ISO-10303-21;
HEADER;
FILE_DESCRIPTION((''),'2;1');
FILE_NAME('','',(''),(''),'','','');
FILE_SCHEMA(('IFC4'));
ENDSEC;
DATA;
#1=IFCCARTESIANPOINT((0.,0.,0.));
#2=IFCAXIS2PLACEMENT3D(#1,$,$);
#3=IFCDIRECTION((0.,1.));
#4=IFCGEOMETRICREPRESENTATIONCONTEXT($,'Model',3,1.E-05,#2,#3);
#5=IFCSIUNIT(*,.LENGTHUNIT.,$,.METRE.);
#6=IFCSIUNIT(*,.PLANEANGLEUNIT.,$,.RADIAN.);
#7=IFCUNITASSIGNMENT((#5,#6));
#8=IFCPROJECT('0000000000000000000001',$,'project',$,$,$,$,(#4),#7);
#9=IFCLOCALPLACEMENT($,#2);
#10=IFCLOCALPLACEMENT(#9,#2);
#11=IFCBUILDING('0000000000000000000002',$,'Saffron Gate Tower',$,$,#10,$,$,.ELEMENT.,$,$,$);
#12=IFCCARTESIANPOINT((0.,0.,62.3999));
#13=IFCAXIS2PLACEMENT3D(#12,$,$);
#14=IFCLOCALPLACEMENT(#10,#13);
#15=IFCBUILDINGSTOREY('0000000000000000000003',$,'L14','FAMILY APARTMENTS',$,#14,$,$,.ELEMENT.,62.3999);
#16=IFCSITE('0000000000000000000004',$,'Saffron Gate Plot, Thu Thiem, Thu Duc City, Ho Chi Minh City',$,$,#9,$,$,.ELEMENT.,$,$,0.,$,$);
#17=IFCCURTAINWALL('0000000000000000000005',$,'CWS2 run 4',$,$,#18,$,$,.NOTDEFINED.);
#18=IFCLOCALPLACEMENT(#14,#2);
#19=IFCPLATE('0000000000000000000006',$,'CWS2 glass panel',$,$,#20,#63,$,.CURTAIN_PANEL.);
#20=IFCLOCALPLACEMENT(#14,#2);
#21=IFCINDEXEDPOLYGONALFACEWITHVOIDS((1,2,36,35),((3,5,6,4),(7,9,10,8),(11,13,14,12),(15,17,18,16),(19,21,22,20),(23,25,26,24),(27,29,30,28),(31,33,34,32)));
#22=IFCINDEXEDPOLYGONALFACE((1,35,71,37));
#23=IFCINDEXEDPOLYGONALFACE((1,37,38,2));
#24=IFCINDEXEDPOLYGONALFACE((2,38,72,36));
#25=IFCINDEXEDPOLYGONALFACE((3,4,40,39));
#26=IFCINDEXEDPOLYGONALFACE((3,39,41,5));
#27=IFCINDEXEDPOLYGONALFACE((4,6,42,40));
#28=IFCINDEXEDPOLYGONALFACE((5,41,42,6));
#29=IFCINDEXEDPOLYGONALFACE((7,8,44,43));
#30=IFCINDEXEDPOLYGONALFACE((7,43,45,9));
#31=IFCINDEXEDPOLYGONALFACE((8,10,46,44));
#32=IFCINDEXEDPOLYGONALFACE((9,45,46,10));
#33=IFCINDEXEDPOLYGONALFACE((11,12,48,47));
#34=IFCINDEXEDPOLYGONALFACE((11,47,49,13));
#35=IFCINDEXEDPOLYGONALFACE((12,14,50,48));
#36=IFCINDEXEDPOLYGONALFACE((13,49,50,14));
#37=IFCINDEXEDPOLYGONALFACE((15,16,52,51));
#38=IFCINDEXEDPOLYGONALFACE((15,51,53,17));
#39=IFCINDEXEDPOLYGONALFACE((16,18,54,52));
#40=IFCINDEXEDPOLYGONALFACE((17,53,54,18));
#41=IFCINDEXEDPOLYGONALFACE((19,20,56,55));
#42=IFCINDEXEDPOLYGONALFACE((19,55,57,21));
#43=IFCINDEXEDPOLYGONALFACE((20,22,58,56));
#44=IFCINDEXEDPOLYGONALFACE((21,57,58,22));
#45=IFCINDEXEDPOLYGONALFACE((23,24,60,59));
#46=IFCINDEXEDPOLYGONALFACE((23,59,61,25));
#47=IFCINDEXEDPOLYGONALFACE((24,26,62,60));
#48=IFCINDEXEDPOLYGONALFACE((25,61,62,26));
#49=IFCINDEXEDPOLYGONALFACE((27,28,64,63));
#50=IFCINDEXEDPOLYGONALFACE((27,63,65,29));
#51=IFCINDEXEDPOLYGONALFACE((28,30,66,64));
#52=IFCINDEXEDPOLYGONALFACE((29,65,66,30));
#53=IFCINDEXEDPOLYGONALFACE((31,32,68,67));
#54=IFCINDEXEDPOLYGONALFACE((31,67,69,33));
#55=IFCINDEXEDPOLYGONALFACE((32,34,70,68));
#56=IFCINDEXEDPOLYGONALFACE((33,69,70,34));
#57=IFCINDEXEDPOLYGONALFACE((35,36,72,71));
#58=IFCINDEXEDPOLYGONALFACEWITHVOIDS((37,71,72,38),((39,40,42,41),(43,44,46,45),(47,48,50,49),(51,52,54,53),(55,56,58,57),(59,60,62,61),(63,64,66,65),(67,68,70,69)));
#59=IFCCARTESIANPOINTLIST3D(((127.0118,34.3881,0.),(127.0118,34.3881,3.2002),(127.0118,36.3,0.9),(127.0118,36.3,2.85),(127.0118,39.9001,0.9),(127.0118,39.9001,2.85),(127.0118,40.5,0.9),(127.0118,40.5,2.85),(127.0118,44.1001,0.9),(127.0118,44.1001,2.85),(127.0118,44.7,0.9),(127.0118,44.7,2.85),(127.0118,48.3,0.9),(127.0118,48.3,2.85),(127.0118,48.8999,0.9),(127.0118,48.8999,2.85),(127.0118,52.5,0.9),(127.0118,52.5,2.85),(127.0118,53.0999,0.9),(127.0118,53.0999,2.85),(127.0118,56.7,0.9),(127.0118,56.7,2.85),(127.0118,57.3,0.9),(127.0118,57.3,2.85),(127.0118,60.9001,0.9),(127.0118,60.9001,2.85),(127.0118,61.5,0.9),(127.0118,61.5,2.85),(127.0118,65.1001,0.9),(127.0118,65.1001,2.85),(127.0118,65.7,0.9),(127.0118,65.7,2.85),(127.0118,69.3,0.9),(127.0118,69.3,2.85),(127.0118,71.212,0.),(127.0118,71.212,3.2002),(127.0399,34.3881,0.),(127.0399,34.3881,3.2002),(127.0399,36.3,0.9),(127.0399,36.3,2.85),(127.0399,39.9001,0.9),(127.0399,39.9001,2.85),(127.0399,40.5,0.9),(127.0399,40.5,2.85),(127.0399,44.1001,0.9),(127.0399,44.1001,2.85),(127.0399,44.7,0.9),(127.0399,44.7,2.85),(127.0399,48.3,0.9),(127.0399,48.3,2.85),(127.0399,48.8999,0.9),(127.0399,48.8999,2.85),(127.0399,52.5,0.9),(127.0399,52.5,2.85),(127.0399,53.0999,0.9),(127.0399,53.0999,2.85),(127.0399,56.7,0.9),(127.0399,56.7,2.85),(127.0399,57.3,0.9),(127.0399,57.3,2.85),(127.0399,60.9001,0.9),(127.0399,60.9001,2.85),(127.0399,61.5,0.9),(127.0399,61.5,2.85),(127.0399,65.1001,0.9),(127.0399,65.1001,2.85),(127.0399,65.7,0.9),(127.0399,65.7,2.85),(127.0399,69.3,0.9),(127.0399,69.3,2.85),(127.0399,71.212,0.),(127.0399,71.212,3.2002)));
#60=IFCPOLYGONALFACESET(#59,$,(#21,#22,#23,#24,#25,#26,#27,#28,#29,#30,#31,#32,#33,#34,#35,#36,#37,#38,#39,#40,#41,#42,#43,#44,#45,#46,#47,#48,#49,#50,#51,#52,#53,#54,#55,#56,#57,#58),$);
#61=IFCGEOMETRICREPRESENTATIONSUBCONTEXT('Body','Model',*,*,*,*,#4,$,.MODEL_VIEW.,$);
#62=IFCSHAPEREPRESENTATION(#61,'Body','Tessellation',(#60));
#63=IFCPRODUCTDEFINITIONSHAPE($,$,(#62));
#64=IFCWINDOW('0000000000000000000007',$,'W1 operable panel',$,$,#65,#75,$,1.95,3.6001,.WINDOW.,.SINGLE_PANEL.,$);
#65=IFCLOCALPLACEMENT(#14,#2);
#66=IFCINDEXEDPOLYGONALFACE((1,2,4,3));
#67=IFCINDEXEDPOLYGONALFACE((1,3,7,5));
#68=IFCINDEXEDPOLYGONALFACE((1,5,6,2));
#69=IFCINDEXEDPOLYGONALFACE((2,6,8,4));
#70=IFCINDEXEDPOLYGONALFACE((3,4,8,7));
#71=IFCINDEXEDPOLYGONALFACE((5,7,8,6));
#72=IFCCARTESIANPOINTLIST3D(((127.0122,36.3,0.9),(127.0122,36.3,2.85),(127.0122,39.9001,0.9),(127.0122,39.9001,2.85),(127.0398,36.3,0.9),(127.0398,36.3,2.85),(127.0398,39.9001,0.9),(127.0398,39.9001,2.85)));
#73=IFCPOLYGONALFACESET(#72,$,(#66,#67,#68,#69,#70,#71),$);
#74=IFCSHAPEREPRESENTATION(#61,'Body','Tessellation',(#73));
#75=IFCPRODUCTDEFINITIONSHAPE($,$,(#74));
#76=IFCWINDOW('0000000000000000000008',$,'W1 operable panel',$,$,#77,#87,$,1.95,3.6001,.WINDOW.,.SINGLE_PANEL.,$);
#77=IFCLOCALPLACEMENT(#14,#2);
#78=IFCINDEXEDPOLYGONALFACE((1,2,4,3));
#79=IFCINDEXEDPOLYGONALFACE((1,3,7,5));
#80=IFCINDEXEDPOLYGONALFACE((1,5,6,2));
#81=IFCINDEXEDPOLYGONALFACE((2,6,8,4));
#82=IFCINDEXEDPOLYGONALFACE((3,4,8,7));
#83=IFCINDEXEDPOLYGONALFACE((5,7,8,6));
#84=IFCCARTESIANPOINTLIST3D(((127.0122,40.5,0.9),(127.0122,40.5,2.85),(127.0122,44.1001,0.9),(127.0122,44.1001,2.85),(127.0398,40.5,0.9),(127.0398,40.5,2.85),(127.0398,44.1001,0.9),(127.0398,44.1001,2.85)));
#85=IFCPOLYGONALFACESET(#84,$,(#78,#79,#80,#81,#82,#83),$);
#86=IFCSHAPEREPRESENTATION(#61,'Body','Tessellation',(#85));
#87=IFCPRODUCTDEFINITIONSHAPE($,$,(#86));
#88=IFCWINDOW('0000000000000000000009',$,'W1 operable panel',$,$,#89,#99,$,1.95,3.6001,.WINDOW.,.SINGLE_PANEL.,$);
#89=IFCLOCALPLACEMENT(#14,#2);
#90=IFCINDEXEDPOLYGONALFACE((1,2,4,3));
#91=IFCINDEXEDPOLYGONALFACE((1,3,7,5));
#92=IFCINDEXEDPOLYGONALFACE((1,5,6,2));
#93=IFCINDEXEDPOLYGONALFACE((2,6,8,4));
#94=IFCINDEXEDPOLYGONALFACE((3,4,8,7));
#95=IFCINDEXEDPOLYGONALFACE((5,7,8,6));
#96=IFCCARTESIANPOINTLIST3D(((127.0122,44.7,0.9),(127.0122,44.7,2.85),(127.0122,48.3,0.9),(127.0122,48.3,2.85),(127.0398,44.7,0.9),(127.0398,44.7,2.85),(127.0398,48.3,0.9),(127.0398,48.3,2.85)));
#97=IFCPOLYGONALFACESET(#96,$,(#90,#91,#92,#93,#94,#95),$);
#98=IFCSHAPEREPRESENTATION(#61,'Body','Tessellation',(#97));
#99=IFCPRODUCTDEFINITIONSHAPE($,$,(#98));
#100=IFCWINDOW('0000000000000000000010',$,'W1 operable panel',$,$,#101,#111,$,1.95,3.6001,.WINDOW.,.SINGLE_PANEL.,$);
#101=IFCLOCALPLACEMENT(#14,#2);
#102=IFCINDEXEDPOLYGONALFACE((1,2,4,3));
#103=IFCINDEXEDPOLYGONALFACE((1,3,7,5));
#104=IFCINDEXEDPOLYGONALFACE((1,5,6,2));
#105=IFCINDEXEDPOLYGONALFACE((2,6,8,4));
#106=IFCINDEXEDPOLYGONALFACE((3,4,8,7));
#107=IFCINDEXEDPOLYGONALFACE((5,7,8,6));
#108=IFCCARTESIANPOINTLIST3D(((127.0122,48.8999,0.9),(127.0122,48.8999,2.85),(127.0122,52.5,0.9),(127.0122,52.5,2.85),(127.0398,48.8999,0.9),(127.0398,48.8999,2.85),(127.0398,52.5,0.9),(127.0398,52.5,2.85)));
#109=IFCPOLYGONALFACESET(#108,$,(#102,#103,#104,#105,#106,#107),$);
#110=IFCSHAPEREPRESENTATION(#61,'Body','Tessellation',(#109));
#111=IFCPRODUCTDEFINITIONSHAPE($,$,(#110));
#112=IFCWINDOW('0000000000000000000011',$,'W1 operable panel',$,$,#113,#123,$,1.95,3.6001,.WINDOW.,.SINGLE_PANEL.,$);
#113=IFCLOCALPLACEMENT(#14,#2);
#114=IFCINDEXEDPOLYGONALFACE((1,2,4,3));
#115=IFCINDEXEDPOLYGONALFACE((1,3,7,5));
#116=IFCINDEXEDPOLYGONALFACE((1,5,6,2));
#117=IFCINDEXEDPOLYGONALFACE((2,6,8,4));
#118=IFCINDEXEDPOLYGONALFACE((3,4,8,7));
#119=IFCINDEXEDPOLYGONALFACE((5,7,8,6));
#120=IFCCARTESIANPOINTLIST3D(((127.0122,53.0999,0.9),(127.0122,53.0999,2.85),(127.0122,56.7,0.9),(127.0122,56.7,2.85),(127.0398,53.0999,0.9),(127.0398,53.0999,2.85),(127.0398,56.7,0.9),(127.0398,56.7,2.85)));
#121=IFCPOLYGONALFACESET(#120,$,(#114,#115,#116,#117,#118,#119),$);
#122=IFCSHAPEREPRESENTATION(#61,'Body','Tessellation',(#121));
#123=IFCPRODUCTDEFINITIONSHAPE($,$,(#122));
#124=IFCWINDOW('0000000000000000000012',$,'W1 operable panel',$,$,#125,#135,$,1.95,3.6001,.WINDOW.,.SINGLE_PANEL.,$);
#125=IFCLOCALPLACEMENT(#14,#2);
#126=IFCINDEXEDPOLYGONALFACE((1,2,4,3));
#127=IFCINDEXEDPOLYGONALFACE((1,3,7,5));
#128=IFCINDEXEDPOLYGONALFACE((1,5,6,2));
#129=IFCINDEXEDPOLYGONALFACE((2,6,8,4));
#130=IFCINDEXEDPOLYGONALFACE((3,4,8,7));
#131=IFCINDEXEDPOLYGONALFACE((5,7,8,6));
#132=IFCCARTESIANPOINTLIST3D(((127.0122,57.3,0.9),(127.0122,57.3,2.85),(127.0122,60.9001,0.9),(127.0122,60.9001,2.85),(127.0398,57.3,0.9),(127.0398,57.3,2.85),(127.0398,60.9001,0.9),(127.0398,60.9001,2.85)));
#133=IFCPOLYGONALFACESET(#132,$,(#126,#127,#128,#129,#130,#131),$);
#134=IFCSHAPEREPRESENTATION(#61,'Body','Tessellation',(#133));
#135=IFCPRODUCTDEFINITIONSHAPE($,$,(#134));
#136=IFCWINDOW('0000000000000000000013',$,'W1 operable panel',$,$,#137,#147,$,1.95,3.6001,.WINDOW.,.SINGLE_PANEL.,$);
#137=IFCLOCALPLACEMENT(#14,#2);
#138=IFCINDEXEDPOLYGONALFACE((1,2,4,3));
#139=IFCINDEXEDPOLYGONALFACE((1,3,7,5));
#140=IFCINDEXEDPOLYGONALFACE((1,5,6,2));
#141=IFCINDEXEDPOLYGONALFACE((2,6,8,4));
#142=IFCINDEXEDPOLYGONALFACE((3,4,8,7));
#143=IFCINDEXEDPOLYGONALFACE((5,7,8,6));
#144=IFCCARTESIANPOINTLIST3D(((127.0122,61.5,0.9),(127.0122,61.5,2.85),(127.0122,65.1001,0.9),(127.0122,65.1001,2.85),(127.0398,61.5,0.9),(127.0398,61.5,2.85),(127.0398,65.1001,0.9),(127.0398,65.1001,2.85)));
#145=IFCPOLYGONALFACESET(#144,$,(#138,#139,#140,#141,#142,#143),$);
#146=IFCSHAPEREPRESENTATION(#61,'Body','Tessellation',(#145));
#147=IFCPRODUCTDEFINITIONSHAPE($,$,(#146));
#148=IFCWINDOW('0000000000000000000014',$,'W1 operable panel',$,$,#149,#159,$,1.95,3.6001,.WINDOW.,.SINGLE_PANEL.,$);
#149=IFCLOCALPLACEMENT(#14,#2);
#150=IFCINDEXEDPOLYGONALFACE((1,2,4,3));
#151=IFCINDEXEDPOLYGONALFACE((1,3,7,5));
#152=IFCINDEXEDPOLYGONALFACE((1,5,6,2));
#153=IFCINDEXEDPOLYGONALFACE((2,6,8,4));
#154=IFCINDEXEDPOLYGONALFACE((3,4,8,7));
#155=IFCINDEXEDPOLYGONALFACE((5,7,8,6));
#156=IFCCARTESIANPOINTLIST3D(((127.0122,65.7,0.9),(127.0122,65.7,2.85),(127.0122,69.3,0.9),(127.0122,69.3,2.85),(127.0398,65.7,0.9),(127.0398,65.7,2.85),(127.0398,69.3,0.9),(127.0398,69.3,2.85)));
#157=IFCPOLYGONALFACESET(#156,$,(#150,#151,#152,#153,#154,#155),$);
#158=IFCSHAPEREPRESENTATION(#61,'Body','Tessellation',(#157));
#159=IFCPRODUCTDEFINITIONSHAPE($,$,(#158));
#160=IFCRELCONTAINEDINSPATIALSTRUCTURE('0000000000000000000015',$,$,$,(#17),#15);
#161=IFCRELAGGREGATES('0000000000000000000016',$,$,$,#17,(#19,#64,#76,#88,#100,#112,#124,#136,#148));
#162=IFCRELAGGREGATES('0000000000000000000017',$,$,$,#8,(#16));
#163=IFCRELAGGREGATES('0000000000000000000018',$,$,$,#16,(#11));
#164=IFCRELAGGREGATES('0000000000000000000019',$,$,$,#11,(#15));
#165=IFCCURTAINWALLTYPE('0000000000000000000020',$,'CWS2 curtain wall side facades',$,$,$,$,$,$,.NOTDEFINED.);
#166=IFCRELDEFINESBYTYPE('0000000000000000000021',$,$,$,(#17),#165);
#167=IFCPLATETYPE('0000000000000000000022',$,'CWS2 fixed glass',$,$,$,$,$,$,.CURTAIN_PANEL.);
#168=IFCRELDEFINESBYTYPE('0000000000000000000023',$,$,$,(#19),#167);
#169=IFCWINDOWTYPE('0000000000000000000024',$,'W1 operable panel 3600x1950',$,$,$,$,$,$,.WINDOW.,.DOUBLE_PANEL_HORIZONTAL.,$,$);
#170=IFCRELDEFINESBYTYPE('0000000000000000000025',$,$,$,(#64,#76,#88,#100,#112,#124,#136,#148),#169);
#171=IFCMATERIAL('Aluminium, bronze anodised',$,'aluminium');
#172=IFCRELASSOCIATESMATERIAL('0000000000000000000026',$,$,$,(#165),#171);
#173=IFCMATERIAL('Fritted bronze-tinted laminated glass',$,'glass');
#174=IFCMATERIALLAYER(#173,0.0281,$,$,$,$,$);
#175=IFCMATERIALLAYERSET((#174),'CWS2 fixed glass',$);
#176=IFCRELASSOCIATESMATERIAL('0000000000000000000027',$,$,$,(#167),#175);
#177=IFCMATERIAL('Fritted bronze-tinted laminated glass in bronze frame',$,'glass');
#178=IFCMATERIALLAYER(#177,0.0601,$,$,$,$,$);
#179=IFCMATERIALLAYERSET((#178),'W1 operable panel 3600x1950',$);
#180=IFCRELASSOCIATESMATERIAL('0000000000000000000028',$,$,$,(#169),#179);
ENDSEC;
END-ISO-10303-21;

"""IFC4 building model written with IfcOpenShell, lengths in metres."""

from ifc_helpers import new_model, si_unit, direction, frame, frame_2d, origin, place, context, subcontext, project, spatial, rectangle, extrude, material, layer, layer_set, type_object, element, fill, aggregate, save


model = new_model("IFC4")

# Units and contexts
model_context = context("Model", 3, precision=1e-05, world=origin(), true_north=direction((0.0, 1.0)))
body_context = subcontext(model_context, "Body", "Model", "MODEL_VIEW")
ifc_project = project(units=[si_unit("LENGTHUNIT", "METRE"), si_unit("PLANEANGLEUNIT", "RADIAN")], contexts=[model_context])

# Site, building, storey
site_placement = place(None, origin())
site = spatial("IfcSite", under=ifc_project, at=site_placement, Name="Saffron Gate Plot, Thu Thiem, Thu Duc City, Ho Chi Minh City", CompositionType="ELEMENT", RefElevation=0.0)
building_placement = place(site_placement, origin())
building = spatial("IfcBuilding", under=site, at=building_placement, Name="Saffron Gate Tower", CompositionType="ELEMENT")
storey_placement = place(building_placement, frame((0.0, 0.0, 62.3999)))
storey = spatial("IfcBuildingStorey", under=building, at=storey_placement, Name="L14", Description="FAMILY APARTMENTS", CompositionType="ELEMENT", Elevation=62.3999)

# Curtain wall
ifc_material_1 = material(Name="Aluminium, bronze anodised", Category="aluminium")
curtain_wall_type_1 = type_object("IfcCurtainWallType", Name="CWS2 curtain wall side facades", PredefinedType="NOTDEFINED", material=ifc_material_1)
curtain_wall_1_placement = place(storey_placement, origin())
curtain_wall_1 = element("IfcCurtainWall", 1, at=curtain_wall_1_placement, inside=storey, type_object=curtain_wall_type_1, Name="CWS2 run 4", PredefinedType="NOTDEFINED")

# Plate, openings, windows
ifc_material_2 = material(Name="Fritted bronze-tinted laminated glass", Category="glass")
ifc_layer_1 = layer(ifc_material_2, 0.0281)
ifc_layer_set_1 = layer_set([ifc_layer_1], Name="CWS2 fixed glass")
plate_type_1 = type_object("IfcPlateType", Name="CWS2 fixed glass", PredefinedType="CURTAIN_PANEL", material=ifc_layer_set_1)
plate_1_placement = place(storey_placement, frame((127.0259, 34.3879, 0.0), z_axis=(0.0, 0.0, 1.0), x_axis=(0.0, 1.0, 0.0)))
plate_1 = element("IfcPlate", 2, at=plate_1_placement, type_object=plate_type_1, Name="CWS2 glass panel", PredefinedType="CURTAIN_PANEL", context=body_context, shape_type="SweptSolid", body=[
    extrude(rectangle(XDim=36.824, YDim=0.0281, at=frame_2d((18.4121, 0.0))), origin(), (0.0, 0.0, 1.0), 3.2002),
])
opening_1_placement = place(plate_1_placement, frame((1.9121, 0.0, 0.8999)))
opening_1 = element("IfcOpeningElement", 3, at=opening_1_placement, cuts=plate_1, PredefinedType="OPENING", context=body_context, shape_type="SweptSolid", body=[
    extrude(rectangle(XDim=3.6001, YDim=1.95, at=frame_2d((1.8, 0.9751))), frame((0.0, 0.0239, 0.0), z_axis=(0.0, -1.0, 0.0), x_axis=(1.0, 0.0, 0.0)), (0.0, 0.0, 1.0), 0.0481),
])
opening_2_placement = place(plate_1_placement, frame((6.1121, 0.0, 0.8999)))
opening_2 = element("IfcOpeningElement", 4, at=opening_2_placement, cuts=plate_1, PredefinedType="OPENING", context=body_context, shape_type="SweptSolid", body=[
    extrude(rectangle(XDim=3.6001, YDim=1.95, at=frame_2d((1.8, 0.9751))), frame((0.0, 0.0239, 0.0), z_axis=(0.0, -1.0, 0.0), x_axis=(1.0, 0.0, 0.0)), (0.0, 0.0, 1.0), 0.0481),
])
opening_3_placement = place(plate_1_placement, frame((10.312, 0.0, 0.8999)))
opening_3 = element("IfcOpeningElement", 5, at=opening_3_placement, cuts=plate_1, PredefinedType="OPENING", context=body_context, shape_type="SweptSolid", body=[
    extrude(rectangle(XDim=3.6001, YDim=1.95, at=frame_2d((1.8, 0.9751))), frame((0.0, 0.0239, 0.0), z_axis=(0.0, -1.0, 0.0), x_axis=(1.0, 0.0, 0.0)), (0.0, 0.0, 1.0), 0.0481),
])
opening_4_placement = place(plate_1_placement, frame((14.512, 0.0, 0.8999)))
opening_4 = element("IfcOpeningElement", 6, at=opening_4_placement, cuts=plate_1, PredefinedType="OPENING", context=body_context, shape_type="SweptSolid", body=[
    extrude(rectangle(XDim=3.6001, YDim=1.95, at=frame_2d((1.8, 0.9751))), frame((0.0, 0.0239, 0.0), z_axis=(0.0, -1.0, 0.0), x_axis=(1.0, 0.0, 0.0)), (0.0, 0.0, 1.0), 0.0481),
])
opening_5_placement = place(plate_1_placement, frame((18.7119, 0.0, 0.8999)))
opening_5 = element("IfcOpeningElement", 7, at=opening_5_placement, cuts=plate_1, PredefinedType="OPENING", context=body_context, shape_type="SweptSolid", body=[
    extrude(rectangle(XDim=3.6001, YDim=1.95, at=frame_2d((1.8, 0.9751))), frame((0.0, 0.0239, 0.0), z_axis=(0.0, -1.0, 0.0), x_axis=(1.0, 0.0, 0.0)), (0.0, 0.0, 1.0), 0.0481),
])
opening_6_placement = place(plate_1_placement, frame((22.9121, 0.0, 0.8999)))
opening_6 = element("IfcOpeningElement", 8, at=opening_6_placement, cuts=plate_1, PredefinedType="OPENING", context=body_context, shape_type="SweptSolid", body=[
    extrude(rectangle(XDim=3.6001, YDim=1.95, at=frame_2d((1.8, 0.9751))), frame((0.0, 0.0239, 0.0), z_axis=(0.0, -1.0, 0.0), x_axis=(1.0, 0.0, 0.0)), (0.0, 0.0, 1.0), 0.0481),
])
opening_7_placement = place(plate_1_placement, frame((27.1121, 0.0, 0.8999)))
opening_7 = element("IfcOpeningElement", 9, at=opening_7_placement, cuts=plate_1, PredefinedType="OPENING", context=body_context, shape_type="SweptSolid", body=[
    extrude(rectangle(XDim=3.6001, YDim=1.95, at=frame_2d((1.8, 0.9751))), frame((0.0, 0.0239, 0.0), z_axis=(0.0, -1.0, 0.0), x_axis=(1.0, 0.0, 0.0)), (0.0, 0.0, 1.0), 0.0481),
])
opening_8_placement = place(plate_1_placement, frame((31.312, 0.0, 0.8999)))
opening_8 = element("IfcOpeningElement", 10, at=opening_8_placement, cuts=plate_1, PredefinedType="OPENING", context=body_context, shape_type="SweptSolid", body=[
    extrude(rectangle(XDim=3.6001, YDim=1.95, at=frame_2d((1.8, 0.9751))), frame((0.0, 0.0239, 0.0), z_axis=(0.0, -1.0, 0.0), x_axis=(1.0, 0.0, 0.0)), (0.0, 0.0, 1.0), 0.0481),
])
ifc_material_3 = material(Name="Fritted bronze-tinted laminated glass in bronze frame", Category="glass")
ifc_layer_2 = layer(ifc_material_3, 0.0601)
ifc_layer_set_2 = layer_set([ifc_layer_2], Name="W1 operable panel 3600x1950")
window_type = type_object("IfcWindowType", Name="W1 operable panel 3600x1950", PartitioningType="DOUBLE_PANEL_HORIZONTAL", PredefinedType="WINDOW", material=ifc_layer_set_2)
window_1_placement = place(opening_1_placement, origin())
window_1 = element("IfcWindow", 11, at=window_1_placement, type_object=window_type, Name="W1 operable panel", OverallHeight=1.95, OverallWidth=3.6001, PartitioningType="SINGLE_PANEL", PredefinedType="WINDOW", context=body_context, shape_type="SweptSolid", body=[
    extrude(rectangle(XDim=3.6001, YDim=1.95, at=frame_2d((1.8, 0.9751))), frame((0.0, 0.0137, 0.0), z_axis=(0.0, -1.0, 0.0), x_axis=(1.0, 0.0, 0.0)), (0.0, 0.0, 1.0), 0.0276),
])
fill(opening_1, window_1)
window_2_placement = place(opening_2_placement, origin())
window_2 = element("IfcWindow", 12, at=window_2_placement, type_object=window_type, Name="W1 operable panel", OverallHeight=1.95, OverallWidth=3.6001, PartitioningType="SINGLE_PANEL", PredefinedType="WINDOW", context=body_context, shape_type="SweptSolid", body=[
    extrude(rectangle(XDim=3.6001, YDim=1.95, at=frame_2d((1.8, 0.9751))), frame((0.0, 0.0137, 0.0), z_axis=(0.0, -1.0, 0.0), x_axis=(1.0, 0.0, 0.0)), (0.0, 0.0, 1.0), 0.0276),
])
fill(opening_2, window_2)
window_3_placement = place(opening_3_placement, origin())
window_3 = element("IfcWindow", 13, at=window_3_placement, type_object=window_type, Name="W1 operable panel", OverallHeight=1.95, OverallWidth=3.6001, PartitioningType="SINGLE_PANEL", PredefinedType="WINDOW", context=body_context, shape_type="SweptSolid", body=[
    extrude(rectangle(XDim=3.6001, YDim=1.95, at=frame_2d((1.8, 0.9751))), frame((0.0, 0.0137, 0.0), z_axis=(0.0, -1.0, 0.0), x_axis=(1.0, 0.0, 0.0)), (0.0, 0.0, 1.0), 0.0276),
])
fill(opening_3, window_3)
window_4_placement = place(opening_4_placement, origin())
window_4 = element("IfcWindow", 14, at=window_4_placement, type_object=window_type, Name="W1 operable panel", OverallHeight=1.95, OverallWidth=3.6001, PartitioningType="SINGLE_PANEL", PredefinedType="WINDOW", context=body_context, shape_type="SweptSolid", body=[
    extrude(rectangle(XDim=3.6001, YDim=1.95, at=frame_2d((1.8, 0.9751))), frame((0.0, 0.0137, 0.0), z_axis=(0.0, -1.0, 0.0), x_axis=(1.0, 0.0, 0.0)), (0.0, 0.0, 1.0), 0.0276),
])
fill(opening_4, window_4)
window_5_placement = place(opening_5_placement, origin())
window_5 = element("IfcWindow", 15, at=window_5_placement, type_object=window_type, Name="W1 operable panel", OverallHeight=1.95, OverallWidth=3.6001, PartitioningType="SINGLE_PANEL", PredefinedType="WINDOW", context=body_context, shape_type="SweptSolid", body=[
    extrude(rectangle(XDim=3.6001, YDim=1.95, at=frame_2d((1.8, 0.9751))), frame((0.0, 0.0137, 0.0), z_axis=(0.0, -1.0, 0.0), x_axis=(1.0, 0.0, 0.0)), (0.0, 0.0, 1.0), 0.0276),
])
fill(opening_5, window_5)
window_6_placement = place(opening_6_placement, origin())
window_6 = element("IfcWindow", 16, at=window_6_placement, type_object=window_type, Name="W1 operable panel", OverallHeight=1.95, OverallWidth=3.6001, PartitioningType="SINGLE_PANEL", PredefinedType="WINDOW", context=body_context, shape_type="SweptSolid", body=[
    extrude(rectangle(XDim=3.6001, YDim=1.95, at=frame_2d((1.8, 0.9751))), frame((0.0, 0.0137, 0.0), z_axis=(0.0, -1.0, 0.0), x_axis=(1.0, 0.0, 0.0)), (0.0, 0.0, 1.0), 0.0276),
])
fill(opening_6, window_6)
window_7_placement = place(opening_7_placement, origin())
window_7 = element("IfcWindow", 17, at=window_7_placement, type_object=window_type, Name="W1 operable panel", OverallHeight=1.95, OverallWidth=3.6001, PartitioningType="SINGLE_PANEL", PredefinedType="WINDOW", context=body_context, shape_type="SweptSolid", body=[
    extrude(rectangle(XDim=3.6001, YDim=1.95, at=frame_2d((1.8, 0.9751))), frame((0.0, 0.0137, 0.0), z_axis=(0.0, -1.0, 0.0), x_axis=(1.0, 0.0, 0.0)), (0.0, 0.0, 1.0), 0.0276),
])
fill(opening_7, window_7)
window_8_placement = place(opening_8_placement, origin())
window_8 = element("IfcWindow", 18, at=window_8_placement, type_object=window_type, Name="W1 operable panel", OverallHeight=1.95, OverallWidth=3.6001, PartitioningType="SINGLE_PANEL", PredefinedType="WINDOW", context=body_context, shape_type="SweptSolid", body=[
    extrude(rectangle(XDim=3.6001, YDim=1.95, at=frame_2d((1.8, 0.9751))), frame((0.0, 0.0137, 0.0), z_axis=(0.0, -1.0, 0.0), x_axis=(1.0, 0.0, 0.0)), (0.0, 0.0, 1.0), 0.0276),
])
fill(opening_8, window_8)
aggregate(curtain_wall_1, [plate_1, window_1, window_2, window_3, window_4, window_5, window_6, window_7, window_8])

save(model, "model.ifc")
